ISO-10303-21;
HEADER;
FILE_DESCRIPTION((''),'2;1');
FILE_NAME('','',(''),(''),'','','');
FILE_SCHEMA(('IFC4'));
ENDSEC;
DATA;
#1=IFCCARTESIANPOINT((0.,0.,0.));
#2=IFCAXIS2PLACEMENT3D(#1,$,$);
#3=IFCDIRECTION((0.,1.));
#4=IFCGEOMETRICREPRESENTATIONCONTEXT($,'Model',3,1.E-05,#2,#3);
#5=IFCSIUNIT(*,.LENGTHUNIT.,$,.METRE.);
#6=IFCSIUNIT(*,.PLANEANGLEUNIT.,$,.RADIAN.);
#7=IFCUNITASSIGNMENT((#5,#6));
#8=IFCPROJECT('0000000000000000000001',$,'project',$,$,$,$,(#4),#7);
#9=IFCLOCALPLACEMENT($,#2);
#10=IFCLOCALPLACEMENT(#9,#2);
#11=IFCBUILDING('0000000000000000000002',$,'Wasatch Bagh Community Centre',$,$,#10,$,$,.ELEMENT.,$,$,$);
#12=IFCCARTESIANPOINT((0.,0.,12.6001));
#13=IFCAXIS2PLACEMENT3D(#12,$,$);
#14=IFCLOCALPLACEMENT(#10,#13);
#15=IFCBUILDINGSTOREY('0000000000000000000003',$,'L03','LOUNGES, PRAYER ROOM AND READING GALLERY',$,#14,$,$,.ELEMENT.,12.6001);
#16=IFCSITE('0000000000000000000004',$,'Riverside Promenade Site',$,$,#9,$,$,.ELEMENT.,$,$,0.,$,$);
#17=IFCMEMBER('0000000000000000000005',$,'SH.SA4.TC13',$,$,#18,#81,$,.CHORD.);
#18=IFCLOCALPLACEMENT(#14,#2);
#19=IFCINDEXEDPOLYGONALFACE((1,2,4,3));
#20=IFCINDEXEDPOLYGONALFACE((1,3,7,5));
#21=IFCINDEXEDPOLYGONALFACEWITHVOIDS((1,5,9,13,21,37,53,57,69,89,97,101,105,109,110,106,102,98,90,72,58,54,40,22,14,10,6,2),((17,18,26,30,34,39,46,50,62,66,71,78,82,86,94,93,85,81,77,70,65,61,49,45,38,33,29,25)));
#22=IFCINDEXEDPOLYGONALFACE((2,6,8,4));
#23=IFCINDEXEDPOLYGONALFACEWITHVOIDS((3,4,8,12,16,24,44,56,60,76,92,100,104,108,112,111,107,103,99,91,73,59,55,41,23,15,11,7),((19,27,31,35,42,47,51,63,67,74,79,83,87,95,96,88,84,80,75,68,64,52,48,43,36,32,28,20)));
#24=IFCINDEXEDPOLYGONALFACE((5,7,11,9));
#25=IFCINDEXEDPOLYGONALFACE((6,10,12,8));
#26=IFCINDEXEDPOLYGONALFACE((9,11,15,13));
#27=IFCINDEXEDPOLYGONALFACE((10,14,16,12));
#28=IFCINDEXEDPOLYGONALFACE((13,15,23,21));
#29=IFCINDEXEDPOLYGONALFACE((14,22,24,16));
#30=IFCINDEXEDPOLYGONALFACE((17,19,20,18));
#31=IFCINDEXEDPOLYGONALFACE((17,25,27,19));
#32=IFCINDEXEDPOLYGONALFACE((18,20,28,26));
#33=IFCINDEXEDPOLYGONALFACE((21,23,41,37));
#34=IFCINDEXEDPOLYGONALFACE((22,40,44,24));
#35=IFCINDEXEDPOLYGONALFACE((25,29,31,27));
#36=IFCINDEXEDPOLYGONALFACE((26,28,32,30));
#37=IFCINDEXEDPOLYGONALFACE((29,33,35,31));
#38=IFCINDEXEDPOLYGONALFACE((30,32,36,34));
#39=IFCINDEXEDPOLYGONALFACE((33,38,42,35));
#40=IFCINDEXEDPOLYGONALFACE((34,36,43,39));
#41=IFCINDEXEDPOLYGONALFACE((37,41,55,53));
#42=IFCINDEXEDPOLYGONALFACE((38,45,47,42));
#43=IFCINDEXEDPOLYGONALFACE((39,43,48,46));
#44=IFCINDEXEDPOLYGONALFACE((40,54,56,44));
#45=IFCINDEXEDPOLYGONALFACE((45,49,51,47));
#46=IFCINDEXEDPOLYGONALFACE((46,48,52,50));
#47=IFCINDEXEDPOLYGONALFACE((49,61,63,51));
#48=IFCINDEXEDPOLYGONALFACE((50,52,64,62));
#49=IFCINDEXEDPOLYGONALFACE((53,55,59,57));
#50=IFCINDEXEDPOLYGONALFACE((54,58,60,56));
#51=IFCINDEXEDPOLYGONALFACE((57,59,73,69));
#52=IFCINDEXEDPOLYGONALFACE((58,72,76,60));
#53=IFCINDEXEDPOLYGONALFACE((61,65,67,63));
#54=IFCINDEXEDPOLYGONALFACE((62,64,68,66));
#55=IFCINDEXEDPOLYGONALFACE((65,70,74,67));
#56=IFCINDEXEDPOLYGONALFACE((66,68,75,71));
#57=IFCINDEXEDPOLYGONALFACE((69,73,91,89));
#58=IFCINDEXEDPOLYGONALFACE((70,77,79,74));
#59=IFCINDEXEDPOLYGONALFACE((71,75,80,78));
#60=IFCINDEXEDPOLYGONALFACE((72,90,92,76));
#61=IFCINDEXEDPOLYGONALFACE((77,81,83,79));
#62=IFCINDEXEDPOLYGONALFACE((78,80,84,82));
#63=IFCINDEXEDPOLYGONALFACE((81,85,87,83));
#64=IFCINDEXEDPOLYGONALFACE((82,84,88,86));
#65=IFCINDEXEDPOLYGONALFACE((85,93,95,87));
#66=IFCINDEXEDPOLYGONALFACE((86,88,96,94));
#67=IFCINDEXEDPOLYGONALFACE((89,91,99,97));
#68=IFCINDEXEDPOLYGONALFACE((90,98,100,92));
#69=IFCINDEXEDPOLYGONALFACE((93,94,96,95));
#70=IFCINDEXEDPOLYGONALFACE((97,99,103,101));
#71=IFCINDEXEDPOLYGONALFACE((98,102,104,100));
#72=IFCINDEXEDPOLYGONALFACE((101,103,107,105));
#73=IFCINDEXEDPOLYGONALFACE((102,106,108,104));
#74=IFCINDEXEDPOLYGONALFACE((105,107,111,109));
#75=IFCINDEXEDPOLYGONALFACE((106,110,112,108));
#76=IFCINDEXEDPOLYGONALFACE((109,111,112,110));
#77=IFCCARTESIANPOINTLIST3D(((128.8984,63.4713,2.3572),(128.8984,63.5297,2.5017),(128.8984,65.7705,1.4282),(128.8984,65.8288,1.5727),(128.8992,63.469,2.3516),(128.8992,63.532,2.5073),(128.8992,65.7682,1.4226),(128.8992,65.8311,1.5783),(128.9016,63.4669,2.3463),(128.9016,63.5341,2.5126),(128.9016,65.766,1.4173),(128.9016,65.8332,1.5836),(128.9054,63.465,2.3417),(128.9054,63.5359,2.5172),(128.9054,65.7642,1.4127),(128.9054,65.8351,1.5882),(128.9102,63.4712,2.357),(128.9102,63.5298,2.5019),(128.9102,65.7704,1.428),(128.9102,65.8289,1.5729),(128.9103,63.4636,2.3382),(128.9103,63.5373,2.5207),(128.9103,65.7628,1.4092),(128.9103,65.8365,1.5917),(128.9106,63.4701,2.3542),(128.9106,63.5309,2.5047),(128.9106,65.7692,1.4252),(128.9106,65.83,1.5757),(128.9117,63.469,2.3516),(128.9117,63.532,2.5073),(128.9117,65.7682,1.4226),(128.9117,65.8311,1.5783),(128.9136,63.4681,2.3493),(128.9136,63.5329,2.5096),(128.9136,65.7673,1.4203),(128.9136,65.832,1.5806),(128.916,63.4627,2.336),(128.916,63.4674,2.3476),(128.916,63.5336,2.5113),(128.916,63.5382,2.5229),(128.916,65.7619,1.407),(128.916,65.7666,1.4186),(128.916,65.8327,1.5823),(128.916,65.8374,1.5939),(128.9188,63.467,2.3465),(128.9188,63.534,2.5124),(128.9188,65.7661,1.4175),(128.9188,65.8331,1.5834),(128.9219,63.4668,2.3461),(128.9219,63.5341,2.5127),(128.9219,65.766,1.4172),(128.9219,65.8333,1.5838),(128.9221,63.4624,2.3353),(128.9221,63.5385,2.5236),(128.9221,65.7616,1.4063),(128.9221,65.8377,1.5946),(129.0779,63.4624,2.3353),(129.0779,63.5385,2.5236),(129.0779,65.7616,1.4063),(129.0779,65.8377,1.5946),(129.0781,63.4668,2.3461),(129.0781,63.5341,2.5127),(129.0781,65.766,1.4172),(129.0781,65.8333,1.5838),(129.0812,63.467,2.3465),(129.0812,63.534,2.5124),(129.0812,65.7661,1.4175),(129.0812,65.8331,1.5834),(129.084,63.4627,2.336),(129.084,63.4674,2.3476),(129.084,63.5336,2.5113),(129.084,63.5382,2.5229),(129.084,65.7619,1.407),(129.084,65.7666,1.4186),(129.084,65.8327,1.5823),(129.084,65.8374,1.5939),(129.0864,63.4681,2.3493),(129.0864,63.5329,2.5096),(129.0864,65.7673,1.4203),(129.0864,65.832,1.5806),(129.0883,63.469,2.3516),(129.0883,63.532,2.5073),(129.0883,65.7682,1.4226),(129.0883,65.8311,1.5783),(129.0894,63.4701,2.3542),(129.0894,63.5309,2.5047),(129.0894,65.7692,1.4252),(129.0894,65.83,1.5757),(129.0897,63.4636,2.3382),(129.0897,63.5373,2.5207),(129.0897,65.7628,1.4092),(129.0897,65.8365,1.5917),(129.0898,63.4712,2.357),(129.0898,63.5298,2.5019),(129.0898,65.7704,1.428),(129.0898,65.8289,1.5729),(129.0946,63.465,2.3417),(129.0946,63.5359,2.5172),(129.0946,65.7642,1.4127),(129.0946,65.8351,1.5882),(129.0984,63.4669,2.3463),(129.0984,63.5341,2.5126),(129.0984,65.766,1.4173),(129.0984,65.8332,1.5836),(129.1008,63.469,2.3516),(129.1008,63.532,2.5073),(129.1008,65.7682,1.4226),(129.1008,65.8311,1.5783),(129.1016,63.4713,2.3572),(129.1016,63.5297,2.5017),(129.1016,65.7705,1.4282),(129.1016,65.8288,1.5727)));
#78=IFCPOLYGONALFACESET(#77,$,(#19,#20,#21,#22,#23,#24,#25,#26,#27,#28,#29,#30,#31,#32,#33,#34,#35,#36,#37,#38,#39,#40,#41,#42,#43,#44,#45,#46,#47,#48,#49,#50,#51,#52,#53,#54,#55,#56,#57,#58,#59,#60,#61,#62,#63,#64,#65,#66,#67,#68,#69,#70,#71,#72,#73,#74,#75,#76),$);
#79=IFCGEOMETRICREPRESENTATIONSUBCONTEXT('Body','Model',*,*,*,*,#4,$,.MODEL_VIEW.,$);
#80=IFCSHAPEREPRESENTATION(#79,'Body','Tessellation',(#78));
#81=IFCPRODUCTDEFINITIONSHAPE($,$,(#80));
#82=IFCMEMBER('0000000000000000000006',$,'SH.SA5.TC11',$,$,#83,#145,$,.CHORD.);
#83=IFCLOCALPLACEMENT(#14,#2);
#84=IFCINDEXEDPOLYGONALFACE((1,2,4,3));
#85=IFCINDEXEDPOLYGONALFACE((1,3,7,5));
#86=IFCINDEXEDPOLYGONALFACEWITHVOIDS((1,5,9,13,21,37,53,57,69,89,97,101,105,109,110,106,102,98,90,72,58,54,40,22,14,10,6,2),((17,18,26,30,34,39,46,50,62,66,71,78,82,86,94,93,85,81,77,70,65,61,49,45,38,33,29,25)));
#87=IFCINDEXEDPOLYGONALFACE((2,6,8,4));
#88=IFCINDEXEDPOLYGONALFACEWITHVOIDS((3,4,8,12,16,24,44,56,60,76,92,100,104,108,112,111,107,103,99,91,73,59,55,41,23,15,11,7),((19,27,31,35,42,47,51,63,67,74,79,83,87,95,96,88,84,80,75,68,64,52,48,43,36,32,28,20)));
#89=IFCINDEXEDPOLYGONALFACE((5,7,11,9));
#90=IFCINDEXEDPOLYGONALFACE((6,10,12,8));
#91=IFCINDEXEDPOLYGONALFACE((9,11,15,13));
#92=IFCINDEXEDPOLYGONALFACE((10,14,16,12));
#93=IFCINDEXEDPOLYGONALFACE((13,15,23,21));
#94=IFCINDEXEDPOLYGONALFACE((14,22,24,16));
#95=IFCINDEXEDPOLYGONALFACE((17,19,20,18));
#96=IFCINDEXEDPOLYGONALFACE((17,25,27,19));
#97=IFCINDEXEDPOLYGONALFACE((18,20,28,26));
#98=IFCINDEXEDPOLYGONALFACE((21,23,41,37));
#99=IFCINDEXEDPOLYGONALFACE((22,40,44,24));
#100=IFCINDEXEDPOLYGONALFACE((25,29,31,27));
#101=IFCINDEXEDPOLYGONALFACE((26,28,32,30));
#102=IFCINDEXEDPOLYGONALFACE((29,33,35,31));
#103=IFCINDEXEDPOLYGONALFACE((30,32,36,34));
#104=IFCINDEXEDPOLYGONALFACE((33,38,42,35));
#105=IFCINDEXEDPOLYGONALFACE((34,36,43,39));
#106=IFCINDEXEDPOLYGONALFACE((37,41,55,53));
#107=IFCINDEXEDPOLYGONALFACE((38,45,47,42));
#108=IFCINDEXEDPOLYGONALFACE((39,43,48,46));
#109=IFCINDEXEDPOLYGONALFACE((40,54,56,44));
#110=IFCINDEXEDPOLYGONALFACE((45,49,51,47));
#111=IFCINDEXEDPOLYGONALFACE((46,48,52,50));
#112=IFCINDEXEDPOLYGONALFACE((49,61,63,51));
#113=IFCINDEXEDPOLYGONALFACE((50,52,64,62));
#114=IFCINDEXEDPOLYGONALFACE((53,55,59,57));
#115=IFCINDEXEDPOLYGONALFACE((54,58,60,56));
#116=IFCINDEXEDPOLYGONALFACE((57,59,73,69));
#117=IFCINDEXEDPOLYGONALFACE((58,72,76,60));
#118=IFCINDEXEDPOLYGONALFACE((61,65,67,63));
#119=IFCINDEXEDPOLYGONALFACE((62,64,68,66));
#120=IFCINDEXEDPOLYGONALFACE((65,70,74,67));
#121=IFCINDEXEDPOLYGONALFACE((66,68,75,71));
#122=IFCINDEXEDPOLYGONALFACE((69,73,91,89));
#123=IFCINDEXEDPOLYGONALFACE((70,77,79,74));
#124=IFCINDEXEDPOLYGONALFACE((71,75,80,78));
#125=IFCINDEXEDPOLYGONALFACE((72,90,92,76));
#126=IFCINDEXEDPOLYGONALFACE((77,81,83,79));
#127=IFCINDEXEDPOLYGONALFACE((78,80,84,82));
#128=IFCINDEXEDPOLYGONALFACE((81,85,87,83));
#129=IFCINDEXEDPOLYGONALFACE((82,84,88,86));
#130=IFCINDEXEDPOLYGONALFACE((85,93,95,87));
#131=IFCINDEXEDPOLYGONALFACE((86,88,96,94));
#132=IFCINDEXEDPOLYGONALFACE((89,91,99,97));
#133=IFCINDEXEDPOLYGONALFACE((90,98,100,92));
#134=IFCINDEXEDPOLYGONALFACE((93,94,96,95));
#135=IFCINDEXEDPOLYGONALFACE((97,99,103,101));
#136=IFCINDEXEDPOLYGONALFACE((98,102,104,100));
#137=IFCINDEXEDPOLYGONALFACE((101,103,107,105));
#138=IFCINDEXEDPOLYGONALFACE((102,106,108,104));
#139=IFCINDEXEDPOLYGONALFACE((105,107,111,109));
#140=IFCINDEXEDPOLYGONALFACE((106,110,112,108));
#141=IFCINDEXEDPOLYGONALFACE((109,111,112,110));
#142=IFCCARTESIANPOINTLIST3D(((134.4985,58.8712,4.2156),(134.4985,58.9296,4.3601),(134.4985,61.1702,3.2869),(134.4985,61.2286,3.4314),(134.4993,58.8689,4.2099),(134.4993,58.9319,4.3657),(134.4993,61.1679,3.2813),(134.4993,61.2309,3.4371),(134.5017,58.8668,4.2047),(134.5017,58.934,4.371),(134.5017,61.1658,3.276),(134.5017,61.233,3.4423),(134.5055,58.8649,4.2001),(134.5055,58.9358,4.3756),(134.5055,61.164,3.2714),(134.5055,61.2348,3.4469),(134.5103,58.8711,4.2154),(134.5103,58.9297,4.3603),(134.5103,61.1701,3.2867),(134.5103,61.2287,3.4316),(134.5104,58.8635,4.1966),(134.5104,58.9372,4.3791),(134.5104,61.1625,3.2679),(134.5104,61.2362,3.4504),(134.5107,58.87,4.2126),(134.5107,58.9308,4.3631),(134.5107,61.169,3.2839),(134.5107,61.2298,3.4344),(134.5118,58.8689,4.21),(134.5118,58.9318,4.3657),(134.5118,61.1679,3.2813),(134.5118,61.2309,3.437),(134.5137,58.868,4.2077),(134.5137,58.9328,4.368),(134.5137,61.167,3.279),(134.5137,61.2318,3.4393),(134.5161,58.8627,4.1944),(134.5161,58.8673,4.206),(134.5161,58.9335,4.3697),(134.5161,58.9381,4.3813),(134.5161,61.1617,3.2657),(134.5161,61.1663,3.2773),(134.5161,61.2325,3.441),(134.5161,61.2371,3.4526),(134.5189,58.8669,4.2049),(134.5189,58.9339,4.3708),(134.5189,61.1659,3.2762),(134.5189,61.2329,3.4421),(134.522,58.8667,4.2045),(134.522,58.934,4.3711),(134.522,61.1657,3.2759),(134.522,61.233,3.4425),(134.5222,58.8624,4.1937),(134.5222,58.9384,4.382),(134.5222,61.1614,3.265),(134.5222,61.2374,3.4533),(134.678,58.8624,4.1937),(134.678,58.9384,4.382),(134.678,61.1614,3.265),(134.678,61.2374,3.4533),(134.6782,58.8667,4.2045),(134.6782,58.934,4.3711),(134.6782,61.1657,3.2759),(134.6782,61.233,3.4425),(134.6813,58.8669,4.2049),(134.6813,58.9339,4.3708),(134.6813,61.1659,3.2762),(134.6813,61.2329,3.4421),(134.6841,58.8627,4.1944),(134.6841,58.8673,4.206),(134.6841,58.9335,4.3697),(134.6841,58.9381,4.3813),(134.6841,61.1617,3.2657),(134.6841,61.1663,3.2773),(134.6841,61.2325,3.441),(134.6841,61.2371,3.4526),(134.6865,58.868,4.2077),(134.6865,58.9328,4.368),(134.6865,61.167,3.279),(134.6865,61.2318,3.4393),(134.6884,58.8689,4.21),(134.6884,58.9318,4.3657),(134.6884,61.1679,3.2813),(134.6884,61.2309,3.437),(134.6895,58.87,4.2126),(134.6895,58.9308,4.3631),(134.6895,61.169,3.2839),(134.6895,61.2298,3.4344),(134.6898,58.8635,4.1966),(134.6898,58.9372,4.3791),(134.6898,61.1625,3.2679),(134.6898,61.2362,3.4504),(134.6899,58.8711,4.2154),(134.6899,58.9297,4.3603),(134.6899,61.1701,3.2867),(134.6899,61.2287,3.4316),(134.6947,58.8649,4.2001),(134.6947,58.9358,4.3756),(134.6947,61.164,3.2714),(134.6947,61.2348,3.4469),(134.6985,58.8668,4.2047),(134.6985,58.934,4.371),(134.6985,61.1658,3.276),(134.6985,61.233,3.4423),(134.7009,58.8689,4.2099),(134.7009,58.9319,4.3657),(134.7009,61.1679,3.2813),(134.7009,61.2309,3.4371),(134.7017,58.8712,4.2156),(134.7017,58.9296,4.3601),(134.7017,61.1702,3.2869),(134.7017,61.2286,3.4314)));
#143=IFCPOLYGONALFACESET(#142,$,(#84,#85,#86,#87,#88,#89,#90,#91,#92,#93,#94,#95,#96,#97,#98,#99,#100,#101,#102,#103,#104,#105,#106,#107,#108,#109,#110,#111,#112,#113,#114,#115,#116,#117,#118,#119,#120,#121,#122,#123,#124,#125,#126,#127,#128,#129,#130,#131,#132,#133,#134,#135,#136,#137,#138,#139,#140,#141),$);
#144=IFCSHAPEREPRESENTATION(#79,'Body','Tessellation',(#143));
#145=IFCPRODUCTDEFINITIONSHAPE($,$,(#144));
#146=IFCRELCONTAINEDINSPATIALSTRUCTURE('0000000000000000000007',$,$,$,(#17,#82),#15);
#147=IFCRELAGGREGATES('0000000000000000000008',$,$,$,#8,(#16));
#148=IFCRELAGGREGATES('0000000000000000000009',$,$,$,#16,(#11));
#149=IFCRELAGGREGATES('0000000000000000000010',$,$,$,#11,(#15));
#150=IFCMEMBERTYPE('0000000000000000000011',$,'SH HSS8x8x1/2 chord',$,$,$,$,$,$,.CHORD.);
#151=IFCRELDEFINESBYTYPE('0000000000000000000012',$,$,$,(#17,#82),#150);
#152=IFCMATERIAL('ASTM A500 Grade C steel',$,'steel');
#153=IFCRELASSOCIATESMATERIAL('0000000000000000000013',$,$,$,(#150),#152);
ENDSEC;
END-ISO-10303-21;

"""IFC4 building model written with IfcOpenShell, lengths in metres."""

from ifc_helpers import new_model, si_unit, direction, frame, origin, origin_2d, place, context, subcontext, project, spatial, hollow_rectangle, extrude, material, material_profile, profile_set, type_object, element, save


model = new_model("IFC4")

# Units and contexts
model_context = context("Model", 3, precision=1e-05, world=origin(), true_north=direction((0.0, 1.0)))
body_context = subcontext(model_context, "Body", "Model", "MODEL_VIEW")
ifc_project = project(units=[si_unit("LENGTHUNIT", "METRE"), si_unit("PLANEANGLEUNIT", "RADIAN")], contexts=[model_context])

# Site, building, storey
site_placement = place(None, origin())
site = spatial("IfcSite", under=ifc_project, at=site_placement, Name="Riverside Promenade Site", CompositionType="ELEMENT", RefElevation=0.0)
building_placement = place(site_placement, origin())
building = spatial("IfcBuilding", under=site, at=building_placement, Name="Wasatch Bagh Community Centre", CompositionType="ELEMENT")
storey_placement = place(building_placement, frame((0.0, 0.0, 12.6001)))
storey = spatial("IfcBuildingStorey", under=building, at=storey_placement, Name="L03", Description="LOUNGES, PRAYER ROOM AND READING GALLERY", CompositionType="ELEMENT", Elevation=12.6001)

# Members
ifc_material_1 = material(Name="ASTM A500 Grade C steel", Category="steel")
ifc_material_profile_1 = material_profile(ifc_material_1, hollow_rectangle(XDim=0.2031, YDim=0.2031, WallThickness=0.0117, InnerFilletRadius=0.0117, OuterFilletRadius=0.0237, at=origin_2d()), Name="HSS8x8x1/2")
ifc_profile_set_1 = profile_set([ifc_material_profile_1], Name="ASTM A500 Grade C steel")
member_type_1 = type_object("IfcMemberType", Name="SH HSS8x8x1/2 chord", PredefinedType="CHORD", material=ifc_profile_set_1)
member_1_placement = place(storey_placement, frame((129.0, 63.5005, 2.4294), z_axis=(0.0, 0.927174, -0.374631), x_axis=(-1.0, 0.0, 0.0)))
element("IfcMember", 1, at=member_1_placement, inside=storey, type_object=member_type_1, Name="SH.SA4.TC13", PredefinedType="CHORD", context=body_context, shape_type="SweptSolid", body=[
    extrude(hollow_rectangle(XDim=0.2031, YDim=0.2031, WallThickness=0.0117, InnerFilletRadius=0.0117, OuterFilletRadius=0.0237, at=origin_2d()), origin(), (0.0, 0.0, 1.0), 2.4797),
])
member_2_placement = place(storey_placement, frame((134.6001, 58.9004, 4.2878), z_axis=(0.0, 0.927208, -0.374546), x_axis=(-1.0, 0.0, 0.0)))
element("IfcMember", 2, at=member_2_placement, inside=storey, type_object=member_type_1, Name="SH.SA5.TC11", PredefinedType="CHORD", context=body_context, shape_type="SweptSolid", body=[
    extrude(hollow_rectangle(XDim=0.2031, YDim=0.2031, WallThickness=0.0117, InnerFilletRadius=0.0117, OuterFilletRadius=0.0237, at=origin_2d()), origin(), (0.0, 0.0, 1.0), 2.4795),
])

save(model, "model.ifc")
